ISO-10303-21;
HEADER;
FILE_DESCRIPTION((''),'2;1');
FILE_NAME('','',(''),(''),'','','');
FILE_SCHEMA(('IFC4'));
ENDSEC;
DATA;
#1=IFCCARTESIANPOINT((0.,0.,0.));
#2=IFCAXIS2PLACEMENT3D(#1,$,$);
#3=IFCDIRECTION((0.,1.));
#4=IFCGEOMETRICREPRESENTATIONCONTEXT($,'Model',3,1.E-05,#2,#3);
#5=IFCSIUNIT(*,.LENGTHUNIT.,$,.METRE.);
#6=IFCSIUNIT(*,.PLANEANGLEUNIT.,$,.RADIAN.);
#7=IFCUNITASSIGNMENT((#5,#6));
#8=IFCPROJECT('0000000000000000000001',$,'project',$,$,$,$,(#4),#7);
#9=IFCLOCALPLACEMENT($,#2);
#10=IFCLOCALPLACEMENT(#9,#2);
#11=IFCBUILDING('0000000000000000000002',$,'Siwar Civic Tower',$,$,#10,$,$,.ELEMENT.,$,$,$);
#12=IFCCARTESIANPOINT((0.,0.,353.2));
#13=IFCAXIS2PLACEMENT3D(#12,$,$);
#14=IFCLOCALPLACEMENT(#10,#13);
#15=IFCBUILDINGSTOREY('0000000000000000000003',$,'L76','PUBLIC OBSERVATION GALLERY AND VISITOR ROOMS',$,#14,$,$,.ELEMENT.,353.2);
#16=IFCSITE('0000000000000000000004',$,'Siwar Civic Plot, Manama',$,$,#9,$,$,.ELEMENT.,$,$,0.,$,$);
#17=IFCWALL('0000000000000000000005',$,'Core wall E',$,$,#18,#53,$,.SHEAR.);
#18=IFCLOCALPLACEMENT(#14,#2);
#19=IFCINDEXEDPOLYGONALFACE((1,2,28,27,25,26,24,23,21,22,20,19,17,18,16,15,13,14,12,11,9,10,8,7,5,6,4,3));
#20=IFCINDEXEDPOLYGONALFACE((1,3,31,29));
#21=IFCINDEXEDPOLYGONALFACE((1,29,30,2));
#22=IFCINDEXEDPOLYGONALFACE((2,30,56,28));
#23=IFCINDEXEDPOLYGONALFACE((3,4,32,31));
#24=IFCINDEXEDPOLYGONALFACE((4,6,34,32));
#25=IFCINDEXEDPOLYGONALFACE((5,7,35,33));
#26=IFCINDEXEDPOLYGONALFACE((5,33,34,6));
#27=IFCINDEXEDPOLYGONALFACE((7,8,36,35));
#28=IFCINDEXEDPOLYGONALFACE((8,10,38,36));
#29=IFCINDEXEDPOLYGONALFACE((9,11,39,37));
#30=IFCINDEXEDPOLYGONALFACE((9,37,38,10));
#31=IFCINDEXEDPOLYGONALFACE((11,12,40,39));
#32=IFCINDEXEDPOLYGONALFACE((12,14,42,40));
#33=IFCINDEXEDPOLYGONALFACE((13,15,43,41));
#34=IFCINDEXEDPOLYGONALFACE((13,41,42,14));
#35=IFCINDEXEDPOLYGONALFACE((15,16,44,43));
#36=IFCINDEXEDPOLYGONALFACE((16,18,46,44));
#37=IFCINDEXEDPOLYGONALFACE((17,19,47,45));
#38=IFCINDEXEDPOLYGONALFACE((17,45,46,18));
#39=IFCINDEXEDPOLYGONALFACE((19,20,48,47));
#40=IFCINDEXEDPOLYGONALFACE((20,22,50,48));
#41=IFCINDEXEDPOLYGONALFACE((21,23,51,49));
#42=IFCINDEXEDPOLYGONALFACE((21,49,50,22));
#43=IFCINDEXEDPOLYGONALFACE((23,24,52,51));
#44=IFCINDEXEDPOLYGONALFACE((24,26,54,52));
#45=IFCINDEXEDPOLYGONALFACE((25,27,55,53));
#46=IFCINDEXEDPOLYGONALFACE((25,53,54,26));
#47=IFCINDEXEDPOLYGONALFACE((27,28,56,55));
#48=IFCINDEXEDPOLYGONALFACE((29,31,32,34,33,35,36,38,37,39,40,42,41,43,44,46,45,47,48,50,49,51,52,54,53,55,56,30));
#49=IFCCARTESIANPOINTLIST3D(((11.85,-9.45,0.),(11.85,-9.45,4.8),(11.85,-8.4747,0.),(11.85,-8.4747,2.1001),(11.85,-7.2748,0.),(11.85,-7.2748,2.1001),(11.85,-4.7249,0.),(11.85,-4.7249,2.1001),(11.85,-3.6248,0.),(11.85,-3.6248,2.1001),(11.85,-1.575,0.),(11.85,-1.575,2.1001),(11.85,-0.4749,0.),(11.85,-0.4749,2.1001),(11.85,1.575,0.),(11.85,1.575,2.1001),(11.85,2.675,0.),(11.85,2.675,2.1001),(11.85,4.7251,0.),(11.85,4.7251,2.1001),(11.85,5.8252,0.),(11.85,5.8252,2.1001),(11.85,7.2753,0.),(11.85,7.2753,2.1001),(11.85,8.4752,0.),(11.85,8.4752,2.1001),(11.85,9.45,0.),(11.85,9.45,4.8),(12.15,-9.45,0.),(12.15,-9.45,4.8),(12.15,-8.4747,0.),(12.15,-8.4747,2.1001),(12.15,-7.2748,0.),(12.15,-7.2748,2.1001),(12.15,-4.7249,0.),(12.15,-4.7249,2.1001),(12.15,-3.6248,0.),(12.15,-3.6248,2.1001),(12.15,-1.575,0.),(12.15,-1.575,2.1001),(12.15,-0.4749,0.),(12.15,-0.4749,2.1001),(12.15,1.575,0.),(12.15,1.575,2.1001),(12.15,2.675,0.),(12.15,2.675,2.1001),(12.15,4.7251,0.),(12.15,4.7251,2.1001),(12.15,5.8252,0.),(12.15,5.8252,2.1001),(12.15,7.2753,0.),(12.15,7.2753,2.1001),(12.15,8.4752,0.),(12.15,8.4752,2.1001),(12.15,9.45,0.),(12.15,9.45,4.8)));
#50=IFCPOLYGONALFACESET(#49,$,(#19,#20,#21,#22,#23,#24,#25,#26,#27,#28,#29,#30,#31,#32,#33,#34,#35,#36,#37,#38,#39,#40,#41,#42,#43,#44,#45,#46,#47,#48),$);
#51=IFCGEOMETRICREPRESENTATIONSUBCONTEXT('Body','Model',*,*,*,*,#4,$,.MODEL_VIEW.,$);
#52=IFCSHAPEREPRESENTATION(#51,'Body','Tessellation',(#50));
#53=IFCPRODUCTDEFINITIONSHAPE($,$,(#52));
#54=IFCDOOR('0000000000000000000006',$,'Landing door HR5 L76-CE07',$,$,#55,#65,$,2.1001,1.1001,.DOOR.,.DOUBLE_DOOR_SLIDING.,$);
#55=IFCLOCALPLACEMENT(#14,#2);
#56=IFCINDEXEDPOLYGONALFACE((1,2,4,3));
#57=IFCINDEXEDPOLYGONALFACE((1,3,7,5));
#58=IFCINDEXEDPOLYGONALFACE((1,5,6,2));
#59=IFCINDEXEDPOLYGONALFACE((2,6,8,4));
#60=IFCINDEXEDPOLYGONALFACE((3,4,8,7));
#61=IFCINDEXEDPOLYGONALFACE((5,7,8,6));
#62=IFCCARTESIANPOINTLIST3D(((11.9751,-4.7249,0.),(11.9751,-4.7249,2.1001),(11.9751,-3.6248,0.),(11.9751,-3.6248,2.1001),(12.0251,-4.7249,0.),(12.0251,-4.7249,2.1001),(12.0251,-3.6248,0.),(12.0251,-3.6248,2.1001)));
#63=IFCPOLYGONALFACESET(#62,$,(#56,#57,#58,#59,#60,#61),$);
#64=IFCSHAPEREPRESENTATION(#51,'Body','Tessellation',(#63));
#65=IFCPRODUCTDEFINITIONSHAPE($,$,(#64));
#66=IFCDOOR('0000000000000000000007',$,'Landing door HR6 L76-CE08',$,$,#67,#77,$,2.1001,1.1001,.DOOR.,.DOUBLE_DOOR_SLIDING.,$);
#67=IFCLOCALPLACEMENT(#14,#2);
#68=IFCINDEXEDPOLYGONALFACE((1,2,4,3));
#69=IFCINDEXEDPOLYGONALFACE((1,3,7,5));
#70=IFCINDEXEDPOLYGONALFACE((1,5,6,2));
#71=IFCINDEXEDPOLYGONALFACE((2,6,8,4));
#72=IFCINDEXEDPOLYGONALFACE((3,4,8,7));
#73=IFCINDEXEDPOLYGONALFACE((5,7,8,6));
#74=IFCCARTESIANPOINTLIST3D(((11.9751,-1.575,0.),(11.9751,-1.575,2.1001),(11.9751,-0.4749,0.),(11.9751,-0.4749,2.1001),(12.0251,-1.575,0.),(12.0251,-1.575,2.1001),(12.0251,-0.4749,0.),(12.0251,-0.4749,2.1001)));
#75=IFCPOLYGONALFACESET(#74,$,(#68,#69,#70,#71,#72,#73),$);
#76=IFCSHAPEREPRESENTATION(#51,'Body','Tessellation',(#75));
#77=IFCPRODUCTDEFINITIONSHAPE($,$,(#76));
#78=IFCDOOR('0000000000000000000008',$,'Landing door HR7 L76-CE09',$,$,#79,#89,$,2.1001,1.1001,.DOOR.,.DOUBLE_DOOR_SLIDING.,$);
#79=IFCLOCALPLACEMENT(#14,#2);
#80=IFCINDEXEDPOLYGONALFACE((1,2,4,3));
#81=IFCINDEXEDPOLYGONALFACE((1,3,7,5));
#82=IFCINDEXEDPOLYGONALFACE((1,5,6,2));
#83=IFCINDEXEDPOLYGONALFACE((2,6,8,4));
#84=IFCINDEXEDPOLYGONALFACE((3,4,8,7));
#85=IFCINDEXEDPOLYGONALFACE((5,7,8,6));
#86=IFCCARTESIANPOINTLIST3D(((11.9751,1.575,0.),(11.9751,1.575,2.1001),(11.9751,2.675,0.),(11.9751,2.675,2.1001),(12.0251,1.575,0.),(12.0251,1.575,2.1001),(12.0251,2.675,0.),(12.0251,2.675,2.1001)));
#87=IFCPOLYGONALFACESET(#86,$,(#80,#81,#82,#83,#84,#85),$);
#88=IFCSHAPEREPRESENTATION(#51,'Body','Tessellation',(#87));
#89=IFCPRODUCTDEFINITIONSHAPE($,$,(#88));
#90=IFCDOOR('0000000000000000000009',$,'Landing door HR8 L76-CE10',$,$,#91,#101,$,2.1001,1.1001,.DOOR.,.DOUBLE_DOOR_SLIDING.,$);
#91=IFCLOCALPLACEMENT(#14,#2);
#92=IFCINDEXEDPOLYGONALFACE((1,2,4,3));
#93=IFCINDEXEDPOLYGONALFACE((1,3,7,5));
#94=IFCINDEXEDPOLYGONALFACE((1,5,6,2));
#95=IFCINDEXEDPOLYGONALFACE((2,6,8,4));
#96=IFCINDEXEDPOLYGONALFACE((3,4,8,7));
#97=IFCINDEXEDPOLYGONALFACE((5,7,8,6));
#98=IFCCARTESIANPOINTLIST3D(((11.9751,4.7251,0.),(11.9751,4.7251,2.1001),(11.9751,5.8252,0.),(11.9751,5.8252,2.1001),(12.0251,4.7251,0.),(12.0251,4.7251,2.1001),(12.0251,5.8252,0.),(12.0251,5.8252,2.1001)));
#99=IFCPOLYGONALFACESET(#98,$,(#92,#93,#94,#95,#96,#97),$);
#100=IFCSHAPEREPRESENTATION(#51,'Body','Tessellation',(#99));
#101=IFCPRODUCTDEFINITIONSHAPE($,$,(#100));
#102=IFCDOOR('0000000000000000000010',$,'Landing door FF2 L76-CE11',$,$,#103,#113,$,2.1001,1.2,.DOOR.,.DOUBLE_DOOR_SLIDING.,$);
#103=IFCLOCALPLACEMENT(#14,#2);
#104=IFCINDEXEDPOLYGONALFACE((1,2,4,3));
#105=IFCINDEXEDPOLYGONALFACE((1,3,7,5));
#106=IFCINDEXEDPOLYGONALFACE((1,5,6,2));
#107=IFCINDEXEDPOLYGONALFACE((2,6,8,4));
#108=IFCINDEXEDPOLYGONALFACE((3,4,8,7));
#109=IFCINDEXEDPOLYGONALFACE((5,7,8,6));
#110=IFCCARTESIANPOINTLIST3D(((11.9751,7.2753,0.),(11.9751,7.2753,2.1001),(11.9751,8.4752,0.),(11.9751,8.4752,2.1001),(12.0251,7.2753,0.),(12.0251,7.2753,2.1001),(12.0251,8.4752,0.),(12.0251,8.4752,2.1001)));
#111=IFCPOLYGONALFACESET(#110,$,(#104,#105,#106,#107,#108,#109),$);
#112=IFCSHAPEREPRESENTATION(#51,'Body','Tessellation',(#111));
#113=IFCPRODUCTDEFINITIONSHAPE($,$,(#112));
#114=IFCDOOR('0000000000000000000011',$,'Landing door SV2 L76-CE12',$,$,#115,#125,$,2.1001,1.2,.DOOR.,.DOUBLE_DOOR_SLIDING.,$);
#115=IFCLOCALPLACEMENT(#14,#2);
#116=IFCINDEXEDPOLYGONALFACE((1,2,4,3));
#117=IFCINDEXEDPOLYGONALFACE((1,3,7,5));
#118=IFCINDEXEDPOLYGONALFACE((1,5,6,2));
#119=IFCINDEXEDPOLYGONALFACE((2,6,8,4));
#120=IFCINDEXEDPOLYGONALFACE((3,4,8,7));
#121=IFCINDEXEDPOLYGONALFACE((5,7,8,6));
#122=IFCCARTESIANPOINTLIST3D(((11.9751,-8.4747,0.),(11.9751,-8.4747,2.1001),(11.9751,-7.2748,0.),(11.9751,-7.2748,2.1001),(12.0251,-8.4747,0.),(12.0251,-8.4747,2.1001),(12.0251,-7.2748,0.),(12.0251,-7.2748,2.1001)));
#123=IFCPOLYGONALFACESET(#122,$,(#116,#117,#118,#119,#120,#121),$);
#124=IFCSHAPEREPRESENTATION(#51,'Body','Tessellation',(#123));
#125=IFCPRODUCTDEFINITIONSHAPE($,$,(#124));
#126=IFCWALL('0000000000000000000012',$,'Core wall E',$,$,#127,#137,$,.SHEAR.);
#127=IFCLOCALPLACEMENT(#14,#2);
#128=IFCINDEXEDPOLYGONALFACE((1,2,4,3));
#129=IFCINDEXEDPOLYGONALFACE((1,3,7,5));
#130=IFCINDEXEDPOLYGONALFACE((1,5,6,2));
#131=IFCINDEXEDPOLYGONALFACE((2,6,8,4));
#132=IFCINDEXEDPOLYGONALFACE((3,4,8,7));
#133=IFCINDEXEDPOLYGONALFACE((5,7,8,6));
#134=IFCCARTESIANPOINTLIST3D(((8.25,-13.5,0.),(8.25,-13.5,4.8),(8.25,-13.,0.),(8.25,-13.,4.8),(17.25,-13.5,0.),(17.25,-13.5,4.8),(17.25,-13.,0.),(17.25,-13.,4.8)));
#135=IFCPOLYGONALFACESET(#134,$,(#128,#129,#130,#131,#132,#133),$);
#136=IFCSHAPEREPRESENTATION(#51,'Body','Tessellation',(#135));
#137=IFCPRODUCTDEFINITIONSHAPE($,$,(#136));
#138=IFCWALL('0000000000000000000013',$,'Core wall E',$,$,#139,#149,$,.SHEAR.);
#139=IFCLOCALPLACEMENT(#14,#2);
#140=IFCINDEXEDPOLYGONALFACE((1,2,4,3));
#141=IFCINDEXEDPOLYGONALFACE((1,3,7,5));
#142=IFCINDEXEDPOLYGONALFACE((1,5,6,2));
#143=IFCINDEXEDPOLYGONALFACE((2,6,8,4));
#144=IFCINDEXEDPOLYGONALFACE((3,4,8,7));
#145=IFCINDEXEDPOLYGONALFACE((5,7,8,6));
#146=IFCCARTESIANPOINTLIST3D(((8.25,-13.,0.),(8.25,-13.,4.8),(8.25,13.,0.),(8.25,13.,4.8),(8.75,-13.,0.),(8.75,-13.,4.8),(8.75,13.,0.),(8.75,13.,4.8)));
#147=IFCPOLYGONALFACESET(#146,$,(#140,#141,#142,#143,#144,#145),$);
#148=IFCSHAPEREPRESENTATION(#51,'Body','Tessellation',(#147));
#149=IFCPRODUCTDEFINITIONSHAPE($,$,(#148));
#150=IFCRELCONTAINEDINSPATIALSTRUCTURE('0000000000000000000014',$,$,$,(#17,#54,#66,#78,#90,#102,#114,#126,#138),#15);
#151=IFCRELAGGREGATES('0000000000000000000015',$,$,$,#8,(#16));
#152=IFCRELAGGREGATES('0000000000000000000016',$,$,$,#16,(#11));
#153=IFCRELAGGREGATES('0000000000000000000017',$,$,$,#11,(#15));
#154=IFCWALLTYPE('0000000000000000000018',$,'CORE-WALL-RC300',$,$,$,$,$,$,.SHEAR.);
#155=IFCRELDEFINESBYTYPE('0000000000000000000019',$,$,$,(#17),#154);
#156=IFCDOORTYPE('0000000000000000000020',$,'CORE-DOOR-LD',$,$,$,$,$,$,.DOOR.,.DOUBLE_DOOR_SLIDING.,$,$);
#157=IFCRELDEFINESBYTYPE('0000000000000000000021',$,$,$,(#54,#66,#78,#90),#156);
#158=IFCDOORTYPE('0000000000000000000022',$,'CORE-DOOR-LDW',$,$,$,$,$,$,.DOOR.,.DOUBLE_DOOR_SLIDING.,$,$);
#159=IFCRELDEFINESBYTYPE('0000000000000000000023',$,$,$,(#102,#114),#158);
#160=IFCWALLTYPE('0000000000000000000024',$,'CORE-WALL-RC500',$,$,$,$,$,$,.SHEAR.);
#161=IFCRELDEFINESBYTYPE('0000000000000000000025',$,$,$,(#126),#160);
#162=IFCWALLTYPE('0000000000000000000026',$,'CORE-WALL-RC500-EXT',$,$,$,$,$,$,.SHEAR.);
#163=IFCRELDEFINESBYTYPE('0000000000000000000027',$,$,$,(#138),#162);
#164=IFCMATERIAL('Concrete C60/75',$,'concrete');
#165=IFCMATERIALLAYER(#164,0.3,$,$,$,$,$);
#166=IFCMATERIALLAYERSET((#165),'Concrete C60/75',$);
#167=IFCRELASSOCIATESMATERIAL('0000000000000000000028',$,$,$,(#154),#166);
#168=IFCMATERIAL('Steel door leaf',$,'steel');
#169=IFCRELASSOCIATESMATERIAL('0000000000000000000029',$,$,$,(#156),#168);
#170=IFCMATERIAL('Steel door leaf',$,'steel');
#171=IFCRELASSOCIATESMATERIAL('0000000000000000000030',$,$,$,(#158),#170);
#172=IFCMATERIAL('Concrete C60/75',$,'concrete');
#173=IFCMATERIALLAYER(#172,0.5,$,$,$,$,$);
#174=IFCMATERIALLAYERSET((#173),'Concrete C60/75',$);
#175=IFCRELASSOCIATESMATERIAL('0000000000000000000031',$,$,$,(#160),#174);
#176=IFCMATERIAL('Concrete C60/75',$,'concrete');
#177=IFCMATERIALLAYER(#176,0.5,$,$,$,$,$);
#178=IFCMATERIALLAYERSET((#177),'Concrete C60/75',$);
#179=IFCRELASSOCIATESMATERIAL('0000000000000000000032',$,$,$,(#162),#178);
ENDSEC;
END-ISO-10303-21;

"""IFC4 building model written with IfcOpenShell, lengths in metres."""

from ifc_helpers import new_model, si_unit, direction, frame, frame_2d, origin, place, context, subcontext, project, spatial, rectangle, extrude, material, layer, layer_set, type_object, element, fill, save


model = new_model("IFC4")

# Units and contexts
model_context = context("Model", 3, precision=1e-05, world=origin(), true_north=direction((0.0, 1.0)))
body_context = subcontext(model_context, "Body", "Model", "MODEL_VIEW")
ifc_project = project(units=[si_unit("LENGTHUNIT", "METRE"), si_unit("PLANEANGLEUNIT", "RADIAN")], contexts=[model_context])

# Site, building, storey
site_placement = place(None, origin())
site = spatial("IfcSite", under=ifc_project, at=site_placement, Name="Siwar Civic Plot, Manama", CompositionType="ELEMENT", RefElevation=0.0)
building_placement = place(site_placement, origin())
building = spatial("IfcBuilding", under=site, at=building_placement, Name="Siwar Civic Tower", CompositionType="ELEMENT")
storey_placement = place(building_placement, frame((0.0, 0.0, 353.2)))
storey = spatial("IfcBuildingStorey", under=building, at=storey_placement, Name="L76", Description="PUBLIC OBSERVATION GALLERY AND VISITOR ROOMS", CompositionType="ELEMENT", Elevation=353.2)

# Wall, openings, doors
ifc_material_1 = material(Name="Concrete C60/75", Category="concrete")
ifc_layer_1 = layer(ifc_material_1, 0.3)
ifc_layer_set_1 = layer_set([ifc_layer_1], Name="Concrete C60/75")
wall_type_1 = type_object("IfcWallType", Name="CORE-WALL-RC300", PredefinedType="SHEAR", material=ifc_layer_set_1)
wall_1_placement = place(storey_placement, frame((12.0, -9.45, 0.0), z_axis=(0.0, 0.0, 1.0), x_axis=(0.0, 1.0, 0.0)))
wall_1 = element("IfcWall", 1, at=wall_1_placement, inside=storey, type_object=wall_type_1, Name="Core wall E", PredefinedType="SHEAR", context=body_context, shape_type="SweptSolid", body=[
    extrude(rectangle(XDim=18.8999, YDim=0.3, at=frame_2d((9.45, 0.0))), origin(), (0.0, 0.0, 1.0), 4.8),
])
opening_1_placement = place(wall_1_placement, frame((4.7251, 0.0, 0.0)))
opening_1 = element("IfcOpeningElement", 2, at=opening_1_placement, cuts=wall_1, PredefinedType="OPENING", context=body_context, shape_type="SweptSolid", body=[
    extrude(rectangle(XDim=1.1001, YDim=2.1001, at=frame_2d((0.55, 1.05))), frame((0.0, 0.1602, 0.0), z_axis=(0.0, -1.0, 0.0), x_axis=(1.0, 0.0, 0.0)), (0.0, 0.0, 1.0), 0.3201),
])
opening_2_placement = place(wall_1_placement, frame((7.875, 0.0, 0.0)))
opening_2 = element("IfcOpeningElement", 3, at=opening_2_placement, cuts=wall_1, PredefinedType="OPENING", context=body_context, shape_type="SweptSolid", body=[
    extrude(rectangle(XDim=1.1001, YDim=2.1001, at=frame_2d((0.55, 1.05))), frame((0.0, 0.1602, 0.0), z_axis=(0.0, -1.0, 0.0), x_axis=(1.0, 0.0, 0.0)), (0.0, 0.0, 1.0), 0.3201),
])
opening_3_placement = place(wall_1_placement, frame((11.0249, 0.0, 0.0)))
opening_3 = element("IfcOpeningElement", 4, at=opening_3_placement, cuts=wall_1, PredefinedType="OPENING", context=body_context, shape_type="SweptSolid", body=[
    extrude(rectangle(XDim=1.1001, YDim=2.1001, at=frame_2d((0.55, 1.05))), frame((0.0, 0.1602, 0.0), z_axis=(0.0, -1.0, 0.0), x_axis=(1.0, 0.0, 0.0)), (0.0, 0.0, 1.0), 0.3201),
])
opening_4_placement = place(wall_1_placement, frame((14.175, 0.0, 0.0)))
opening_4 = element("IfcOpeningElement", 5, at=opening_4_placement, cuts=wall_1, PredefinedType="OPENING", context=body_context, shape_type="SweptSolid", body=[
    extrude(rectangle(XDim=1.1001, YDim=2.1001, at=frame_2d((0.55, 1.05))), frame((0.0, 0.1602, 0.0), z_axis=(0.0, -1.0, 0.0), x_axis=(1.0, 0.0, 0.0)), (0.0, 0.0, 1.0), 0.3201),
])
opening_5_placement = place(wall_1_placement, frame((16.7251, 0.0, 0.0)))
opening_5 = element("IfcOpeningElement", 6, at=opening_5_placement, cuts=wall_1, PredefinedType="OPENING", context=body_context, shape_type="SweptSolid", body=[
    extrude(rectangle(XDim=1.2, YDim=2.1001, at=frame_2d((0.6001, 1.05))), frame((0.0, 0.1602, 0.0), z_axis=(0.0, -1.0, 0.0), x_axis=(1.0, 0.0, 0.0)), (0.0, 0.0, 1.0), 0.3201),
])
opening_6_placement = place(wall_1_placement, frame((0.9751, 0.0, 0.0)))
opening_6 = element("IfcOpeningElement", 7, at=opening_6_placement, cuts=wall_1, PredefinedType="OPENING", context=body_context, shape_type="SweptSolid", body=[
    extrude(rectangle(XDim=1.2, YDim=2.1001, at=frame_2d((0.6001, 1.05))), frame((0.0, 0.1602, 0.0), z_axis=(0.0, -1.0, 0.0), x_axis=(1.0, 0.0, 0.0)), (0.0, 0.0, 1.0), 0.3201),
])
ifc_material_2 = material(Name="Steel door leaf", Category="steel")
door_type_1 = type_object("IfcDoorType", Name="CORE-DOOR-LD", OperationType="DOUBLE_DOOR_SLIDING", PredefinedType="DOOR", material=ifc_material_2)
door_1_placement = place(opening_1_placement, origin())
door_1 = element("IfcDoor", 8, at=door_1_placement, inside=storey, type_object=door_type_1, Name="Landing door HR5 L76-CE07", OperationType="DOUBLE_DOOR_SLIDING", OverallHeight=2.1001, OverallWidth=1.1001, PredefinedType="DOOR", context=body_context, shape_type="SweptSolid", body=[
    extrude(rectangle(XDim=1.1001, YDim=2.1001, at=frame_2d((0.55, 1.05))), frame((0.0, 0.0249, 0.0), z_axis=(0.0, -1.0, 0.0), x_axis=(1.0, 0.0, 0.0)), (0.0, 0.0, 1.0), 0.05),
])
fill(opening_1, door_1)
door_2_placement = place(opening_2_placement, origin())
door_2 = element("IfcDoor", 9, at=door_2_placement, inside=storey, type_object=door_type_1, Name="Landing door HR6 L76-CE08", OperationType="DOUBLE_DOOR_SLIDING", OverallHeight=2.1001, OverallWidth=1.1001, PredefinedType="DOOR", context=body_context, shape_type="SweptSolid", body=[
    extrude(rectangle(XDim=1.1001, YDim=2.1001, at=frame_2d((0.55, 1.05))), frame((0.0, 0.0249, 0.0), z_axis=(0.0, -1.0, 0.0), x_axis=(1.0, 0.0, 0.0)), (0.0, 0.0, 1.0), 0.05),
])
fill(opening_2, door_2)
door_3_placement = place(opening_3_placement, origin())
door_3 = element("IfcDoor", 10, at=door_3_placement, inside=storey, type_object=door_type_1, Name="Landing door HR7 L76-CE09", OperationType="DOUBLE_DOOR_SLIDING", OverallHeight=2.1001, OverallWidth=1.1001, PredefinedType="DOOR", context=body_context, shape_type="SweptSolid", body=[
    extrude(rectangle(XDim=1.1001, YDim=2.1001, at=frame_2d((0.55, 1.05))), frame((0.0, 0.0249, 0.0), z_axis=(0.0, -1.0, 0.0), x_axis=(1.0, 0.0, 0.0)), (0.0, 0.0, 1.0), 0.05),
])
fill(opening_3, door_3)
door_4_placement = place(opening_4_placement, origin())
door_4 = element("IfcDoor", 11, at=door_4_placement, inside=storey, type_object=door_type_1, Name="Landing door HR8 L76-CE10", OperationType="DOUBLE_DOOR_SLIDING", OverallHeight=2.1001, OverallWidth=1.1001, PredefinedType="DOOR", context=body_context, shape_type="SweptSolid", body=[
    extrude(rectangle(XDim=1.1001, YDim=2.1001, at=frame_2d((0.55, 1.05))), frame((0.0, 0.0249, 0.0), z_axis=(0.0, -1.0, 0.0), x_axis=(1.0, 0.0, 0.0)), (0.0, 0.0, 1.0), 0.05),
])
fill(opening_4, door_4)
ifc_material_3 = material(Name="Steel door leaf", Category="steel")
door_type_2 = type_object("IfcDoorType", Name="CORE-DOOR-LDW", OperationType="DOUBLE_DOOR_SLIDING", PredefinedType="DOOR", material=ifc_material_3)
door_5_placement = place(opening_5_placement, origin())
door_5 = element("IfcDoor", 12, at=door_5_placement, inside=storey, type_object=door_type_2, Name="Landing door FF2 L76-CE11", OperationType="DOUBLE_DOOR_SLIDING", OverallHeight=2.1001, OverallWidth=1.2, PredefinedType="DOOR", context=body_context, shape_type="SweptSolid", body=[
    extrude(rectangle(XDim=1.2, YDim=2.1001, at=frame_2d((0.6001, 1.05))), frame((0.0, 0.0249, 0.0), z_axis=(0.0, -1.0, 0.0), x_axis=(1.0, 0.0, 0.0)), (0.0, 0.0, 1.0), 0.05),
])
fill(opening_5, door_5)
door_6_placement = place(opening_6_placement, origin())
door_6 = element("IfcDoor", 13, at=door_6_placement, inside=storey, type_object=door_type_2, Name="Landing door SV2 L76-CE12", OperationType="DOUBLE_DOOR_SLIDING", OverallHeight=2.1001, OverallWidth=1.2, PredefinedType="DOOR", context=body_context, shape_type="SweptSolid", body=[
    extrude(rectangle(XDim=1.2, YDim=2.1001, at=frame_2d((0.6001, 1.05))), frame((0.0, 0.0249, 0.0), z_axis=(0.0, -1.0, 0.0), x_axis=(1.0, 0.0, 0.0)), (0.0, 0.0, 1.0), 0.05),
])
fill(opening_6, door_6)

# Walls
ifc_material_4 = material(Name="Concrete C60/75", Category="concrete")
ifc_layer_2 = layer(ifc_material_4, 0.5)
ifc_layer_set_2 = layer_set([ifc_layer_2], Name="Concrete C60/75")
wall_type_2 = type_object("IfcWallType", Name="CORE-WALL-RC500", PredefinedType="SHEAR", material=ifc_layer_set_2)
wall_2_placement = place(storey_placement, frame((8.25, -13.25, 0.0), z_axis=(0.0, 0.0, 1.0), x_axis=(1.0, 0.0, 0.0)))
element("IfcWall", 14, at=wall_2_placement, inside=storey, type_object=wall_type_2, Name="Core wall E", PredefinedType="SHEAR", context=body_context, shape_type="SweptSolid", body=[
    extrude(rectangle(XDim=9.0, YDim=0.5, at=frame_2d((4.5, 0.0))), origin(), (0.0, 0.0, 1.0), 4.8),
])
ifc_material_5 = material(Name="Concrete C60/75", Category="concrete")
ifc_layer_3 = layer(ifc_material_5, 0.5)
ifc_layer_set_3 = layer_set([ifc_layer_3], Name="Concrete C60/75")
wall_type_3 = type_object("IfcWallType", Name="CORE-WALL-RC500-EXT", PredefinedType="SHEAR", material=ifc_layer_set_3)
wall_3_placement = place(storey_placement, frame((8.5, -13.0, 0.0), z_axis=(0.0, 0.0, 1.0), x_axis=(0.0, 1.0, 0.0)))
element("IfcWall", 15, at=wall_3_placement, inside=storey, type_object=wall_type_3, Name="Core wall E", PredefinedType="SHEAR", context=body_context, shape_type="SweptSolid", body=[
    extrude(rectangle(XDim=26.0, YDim=0.5, at=frame_2d((13.0, 0.0))), origin(), (0.0, 0.0, 1.0), 4.8),
])

save(model, "model.ifc")
